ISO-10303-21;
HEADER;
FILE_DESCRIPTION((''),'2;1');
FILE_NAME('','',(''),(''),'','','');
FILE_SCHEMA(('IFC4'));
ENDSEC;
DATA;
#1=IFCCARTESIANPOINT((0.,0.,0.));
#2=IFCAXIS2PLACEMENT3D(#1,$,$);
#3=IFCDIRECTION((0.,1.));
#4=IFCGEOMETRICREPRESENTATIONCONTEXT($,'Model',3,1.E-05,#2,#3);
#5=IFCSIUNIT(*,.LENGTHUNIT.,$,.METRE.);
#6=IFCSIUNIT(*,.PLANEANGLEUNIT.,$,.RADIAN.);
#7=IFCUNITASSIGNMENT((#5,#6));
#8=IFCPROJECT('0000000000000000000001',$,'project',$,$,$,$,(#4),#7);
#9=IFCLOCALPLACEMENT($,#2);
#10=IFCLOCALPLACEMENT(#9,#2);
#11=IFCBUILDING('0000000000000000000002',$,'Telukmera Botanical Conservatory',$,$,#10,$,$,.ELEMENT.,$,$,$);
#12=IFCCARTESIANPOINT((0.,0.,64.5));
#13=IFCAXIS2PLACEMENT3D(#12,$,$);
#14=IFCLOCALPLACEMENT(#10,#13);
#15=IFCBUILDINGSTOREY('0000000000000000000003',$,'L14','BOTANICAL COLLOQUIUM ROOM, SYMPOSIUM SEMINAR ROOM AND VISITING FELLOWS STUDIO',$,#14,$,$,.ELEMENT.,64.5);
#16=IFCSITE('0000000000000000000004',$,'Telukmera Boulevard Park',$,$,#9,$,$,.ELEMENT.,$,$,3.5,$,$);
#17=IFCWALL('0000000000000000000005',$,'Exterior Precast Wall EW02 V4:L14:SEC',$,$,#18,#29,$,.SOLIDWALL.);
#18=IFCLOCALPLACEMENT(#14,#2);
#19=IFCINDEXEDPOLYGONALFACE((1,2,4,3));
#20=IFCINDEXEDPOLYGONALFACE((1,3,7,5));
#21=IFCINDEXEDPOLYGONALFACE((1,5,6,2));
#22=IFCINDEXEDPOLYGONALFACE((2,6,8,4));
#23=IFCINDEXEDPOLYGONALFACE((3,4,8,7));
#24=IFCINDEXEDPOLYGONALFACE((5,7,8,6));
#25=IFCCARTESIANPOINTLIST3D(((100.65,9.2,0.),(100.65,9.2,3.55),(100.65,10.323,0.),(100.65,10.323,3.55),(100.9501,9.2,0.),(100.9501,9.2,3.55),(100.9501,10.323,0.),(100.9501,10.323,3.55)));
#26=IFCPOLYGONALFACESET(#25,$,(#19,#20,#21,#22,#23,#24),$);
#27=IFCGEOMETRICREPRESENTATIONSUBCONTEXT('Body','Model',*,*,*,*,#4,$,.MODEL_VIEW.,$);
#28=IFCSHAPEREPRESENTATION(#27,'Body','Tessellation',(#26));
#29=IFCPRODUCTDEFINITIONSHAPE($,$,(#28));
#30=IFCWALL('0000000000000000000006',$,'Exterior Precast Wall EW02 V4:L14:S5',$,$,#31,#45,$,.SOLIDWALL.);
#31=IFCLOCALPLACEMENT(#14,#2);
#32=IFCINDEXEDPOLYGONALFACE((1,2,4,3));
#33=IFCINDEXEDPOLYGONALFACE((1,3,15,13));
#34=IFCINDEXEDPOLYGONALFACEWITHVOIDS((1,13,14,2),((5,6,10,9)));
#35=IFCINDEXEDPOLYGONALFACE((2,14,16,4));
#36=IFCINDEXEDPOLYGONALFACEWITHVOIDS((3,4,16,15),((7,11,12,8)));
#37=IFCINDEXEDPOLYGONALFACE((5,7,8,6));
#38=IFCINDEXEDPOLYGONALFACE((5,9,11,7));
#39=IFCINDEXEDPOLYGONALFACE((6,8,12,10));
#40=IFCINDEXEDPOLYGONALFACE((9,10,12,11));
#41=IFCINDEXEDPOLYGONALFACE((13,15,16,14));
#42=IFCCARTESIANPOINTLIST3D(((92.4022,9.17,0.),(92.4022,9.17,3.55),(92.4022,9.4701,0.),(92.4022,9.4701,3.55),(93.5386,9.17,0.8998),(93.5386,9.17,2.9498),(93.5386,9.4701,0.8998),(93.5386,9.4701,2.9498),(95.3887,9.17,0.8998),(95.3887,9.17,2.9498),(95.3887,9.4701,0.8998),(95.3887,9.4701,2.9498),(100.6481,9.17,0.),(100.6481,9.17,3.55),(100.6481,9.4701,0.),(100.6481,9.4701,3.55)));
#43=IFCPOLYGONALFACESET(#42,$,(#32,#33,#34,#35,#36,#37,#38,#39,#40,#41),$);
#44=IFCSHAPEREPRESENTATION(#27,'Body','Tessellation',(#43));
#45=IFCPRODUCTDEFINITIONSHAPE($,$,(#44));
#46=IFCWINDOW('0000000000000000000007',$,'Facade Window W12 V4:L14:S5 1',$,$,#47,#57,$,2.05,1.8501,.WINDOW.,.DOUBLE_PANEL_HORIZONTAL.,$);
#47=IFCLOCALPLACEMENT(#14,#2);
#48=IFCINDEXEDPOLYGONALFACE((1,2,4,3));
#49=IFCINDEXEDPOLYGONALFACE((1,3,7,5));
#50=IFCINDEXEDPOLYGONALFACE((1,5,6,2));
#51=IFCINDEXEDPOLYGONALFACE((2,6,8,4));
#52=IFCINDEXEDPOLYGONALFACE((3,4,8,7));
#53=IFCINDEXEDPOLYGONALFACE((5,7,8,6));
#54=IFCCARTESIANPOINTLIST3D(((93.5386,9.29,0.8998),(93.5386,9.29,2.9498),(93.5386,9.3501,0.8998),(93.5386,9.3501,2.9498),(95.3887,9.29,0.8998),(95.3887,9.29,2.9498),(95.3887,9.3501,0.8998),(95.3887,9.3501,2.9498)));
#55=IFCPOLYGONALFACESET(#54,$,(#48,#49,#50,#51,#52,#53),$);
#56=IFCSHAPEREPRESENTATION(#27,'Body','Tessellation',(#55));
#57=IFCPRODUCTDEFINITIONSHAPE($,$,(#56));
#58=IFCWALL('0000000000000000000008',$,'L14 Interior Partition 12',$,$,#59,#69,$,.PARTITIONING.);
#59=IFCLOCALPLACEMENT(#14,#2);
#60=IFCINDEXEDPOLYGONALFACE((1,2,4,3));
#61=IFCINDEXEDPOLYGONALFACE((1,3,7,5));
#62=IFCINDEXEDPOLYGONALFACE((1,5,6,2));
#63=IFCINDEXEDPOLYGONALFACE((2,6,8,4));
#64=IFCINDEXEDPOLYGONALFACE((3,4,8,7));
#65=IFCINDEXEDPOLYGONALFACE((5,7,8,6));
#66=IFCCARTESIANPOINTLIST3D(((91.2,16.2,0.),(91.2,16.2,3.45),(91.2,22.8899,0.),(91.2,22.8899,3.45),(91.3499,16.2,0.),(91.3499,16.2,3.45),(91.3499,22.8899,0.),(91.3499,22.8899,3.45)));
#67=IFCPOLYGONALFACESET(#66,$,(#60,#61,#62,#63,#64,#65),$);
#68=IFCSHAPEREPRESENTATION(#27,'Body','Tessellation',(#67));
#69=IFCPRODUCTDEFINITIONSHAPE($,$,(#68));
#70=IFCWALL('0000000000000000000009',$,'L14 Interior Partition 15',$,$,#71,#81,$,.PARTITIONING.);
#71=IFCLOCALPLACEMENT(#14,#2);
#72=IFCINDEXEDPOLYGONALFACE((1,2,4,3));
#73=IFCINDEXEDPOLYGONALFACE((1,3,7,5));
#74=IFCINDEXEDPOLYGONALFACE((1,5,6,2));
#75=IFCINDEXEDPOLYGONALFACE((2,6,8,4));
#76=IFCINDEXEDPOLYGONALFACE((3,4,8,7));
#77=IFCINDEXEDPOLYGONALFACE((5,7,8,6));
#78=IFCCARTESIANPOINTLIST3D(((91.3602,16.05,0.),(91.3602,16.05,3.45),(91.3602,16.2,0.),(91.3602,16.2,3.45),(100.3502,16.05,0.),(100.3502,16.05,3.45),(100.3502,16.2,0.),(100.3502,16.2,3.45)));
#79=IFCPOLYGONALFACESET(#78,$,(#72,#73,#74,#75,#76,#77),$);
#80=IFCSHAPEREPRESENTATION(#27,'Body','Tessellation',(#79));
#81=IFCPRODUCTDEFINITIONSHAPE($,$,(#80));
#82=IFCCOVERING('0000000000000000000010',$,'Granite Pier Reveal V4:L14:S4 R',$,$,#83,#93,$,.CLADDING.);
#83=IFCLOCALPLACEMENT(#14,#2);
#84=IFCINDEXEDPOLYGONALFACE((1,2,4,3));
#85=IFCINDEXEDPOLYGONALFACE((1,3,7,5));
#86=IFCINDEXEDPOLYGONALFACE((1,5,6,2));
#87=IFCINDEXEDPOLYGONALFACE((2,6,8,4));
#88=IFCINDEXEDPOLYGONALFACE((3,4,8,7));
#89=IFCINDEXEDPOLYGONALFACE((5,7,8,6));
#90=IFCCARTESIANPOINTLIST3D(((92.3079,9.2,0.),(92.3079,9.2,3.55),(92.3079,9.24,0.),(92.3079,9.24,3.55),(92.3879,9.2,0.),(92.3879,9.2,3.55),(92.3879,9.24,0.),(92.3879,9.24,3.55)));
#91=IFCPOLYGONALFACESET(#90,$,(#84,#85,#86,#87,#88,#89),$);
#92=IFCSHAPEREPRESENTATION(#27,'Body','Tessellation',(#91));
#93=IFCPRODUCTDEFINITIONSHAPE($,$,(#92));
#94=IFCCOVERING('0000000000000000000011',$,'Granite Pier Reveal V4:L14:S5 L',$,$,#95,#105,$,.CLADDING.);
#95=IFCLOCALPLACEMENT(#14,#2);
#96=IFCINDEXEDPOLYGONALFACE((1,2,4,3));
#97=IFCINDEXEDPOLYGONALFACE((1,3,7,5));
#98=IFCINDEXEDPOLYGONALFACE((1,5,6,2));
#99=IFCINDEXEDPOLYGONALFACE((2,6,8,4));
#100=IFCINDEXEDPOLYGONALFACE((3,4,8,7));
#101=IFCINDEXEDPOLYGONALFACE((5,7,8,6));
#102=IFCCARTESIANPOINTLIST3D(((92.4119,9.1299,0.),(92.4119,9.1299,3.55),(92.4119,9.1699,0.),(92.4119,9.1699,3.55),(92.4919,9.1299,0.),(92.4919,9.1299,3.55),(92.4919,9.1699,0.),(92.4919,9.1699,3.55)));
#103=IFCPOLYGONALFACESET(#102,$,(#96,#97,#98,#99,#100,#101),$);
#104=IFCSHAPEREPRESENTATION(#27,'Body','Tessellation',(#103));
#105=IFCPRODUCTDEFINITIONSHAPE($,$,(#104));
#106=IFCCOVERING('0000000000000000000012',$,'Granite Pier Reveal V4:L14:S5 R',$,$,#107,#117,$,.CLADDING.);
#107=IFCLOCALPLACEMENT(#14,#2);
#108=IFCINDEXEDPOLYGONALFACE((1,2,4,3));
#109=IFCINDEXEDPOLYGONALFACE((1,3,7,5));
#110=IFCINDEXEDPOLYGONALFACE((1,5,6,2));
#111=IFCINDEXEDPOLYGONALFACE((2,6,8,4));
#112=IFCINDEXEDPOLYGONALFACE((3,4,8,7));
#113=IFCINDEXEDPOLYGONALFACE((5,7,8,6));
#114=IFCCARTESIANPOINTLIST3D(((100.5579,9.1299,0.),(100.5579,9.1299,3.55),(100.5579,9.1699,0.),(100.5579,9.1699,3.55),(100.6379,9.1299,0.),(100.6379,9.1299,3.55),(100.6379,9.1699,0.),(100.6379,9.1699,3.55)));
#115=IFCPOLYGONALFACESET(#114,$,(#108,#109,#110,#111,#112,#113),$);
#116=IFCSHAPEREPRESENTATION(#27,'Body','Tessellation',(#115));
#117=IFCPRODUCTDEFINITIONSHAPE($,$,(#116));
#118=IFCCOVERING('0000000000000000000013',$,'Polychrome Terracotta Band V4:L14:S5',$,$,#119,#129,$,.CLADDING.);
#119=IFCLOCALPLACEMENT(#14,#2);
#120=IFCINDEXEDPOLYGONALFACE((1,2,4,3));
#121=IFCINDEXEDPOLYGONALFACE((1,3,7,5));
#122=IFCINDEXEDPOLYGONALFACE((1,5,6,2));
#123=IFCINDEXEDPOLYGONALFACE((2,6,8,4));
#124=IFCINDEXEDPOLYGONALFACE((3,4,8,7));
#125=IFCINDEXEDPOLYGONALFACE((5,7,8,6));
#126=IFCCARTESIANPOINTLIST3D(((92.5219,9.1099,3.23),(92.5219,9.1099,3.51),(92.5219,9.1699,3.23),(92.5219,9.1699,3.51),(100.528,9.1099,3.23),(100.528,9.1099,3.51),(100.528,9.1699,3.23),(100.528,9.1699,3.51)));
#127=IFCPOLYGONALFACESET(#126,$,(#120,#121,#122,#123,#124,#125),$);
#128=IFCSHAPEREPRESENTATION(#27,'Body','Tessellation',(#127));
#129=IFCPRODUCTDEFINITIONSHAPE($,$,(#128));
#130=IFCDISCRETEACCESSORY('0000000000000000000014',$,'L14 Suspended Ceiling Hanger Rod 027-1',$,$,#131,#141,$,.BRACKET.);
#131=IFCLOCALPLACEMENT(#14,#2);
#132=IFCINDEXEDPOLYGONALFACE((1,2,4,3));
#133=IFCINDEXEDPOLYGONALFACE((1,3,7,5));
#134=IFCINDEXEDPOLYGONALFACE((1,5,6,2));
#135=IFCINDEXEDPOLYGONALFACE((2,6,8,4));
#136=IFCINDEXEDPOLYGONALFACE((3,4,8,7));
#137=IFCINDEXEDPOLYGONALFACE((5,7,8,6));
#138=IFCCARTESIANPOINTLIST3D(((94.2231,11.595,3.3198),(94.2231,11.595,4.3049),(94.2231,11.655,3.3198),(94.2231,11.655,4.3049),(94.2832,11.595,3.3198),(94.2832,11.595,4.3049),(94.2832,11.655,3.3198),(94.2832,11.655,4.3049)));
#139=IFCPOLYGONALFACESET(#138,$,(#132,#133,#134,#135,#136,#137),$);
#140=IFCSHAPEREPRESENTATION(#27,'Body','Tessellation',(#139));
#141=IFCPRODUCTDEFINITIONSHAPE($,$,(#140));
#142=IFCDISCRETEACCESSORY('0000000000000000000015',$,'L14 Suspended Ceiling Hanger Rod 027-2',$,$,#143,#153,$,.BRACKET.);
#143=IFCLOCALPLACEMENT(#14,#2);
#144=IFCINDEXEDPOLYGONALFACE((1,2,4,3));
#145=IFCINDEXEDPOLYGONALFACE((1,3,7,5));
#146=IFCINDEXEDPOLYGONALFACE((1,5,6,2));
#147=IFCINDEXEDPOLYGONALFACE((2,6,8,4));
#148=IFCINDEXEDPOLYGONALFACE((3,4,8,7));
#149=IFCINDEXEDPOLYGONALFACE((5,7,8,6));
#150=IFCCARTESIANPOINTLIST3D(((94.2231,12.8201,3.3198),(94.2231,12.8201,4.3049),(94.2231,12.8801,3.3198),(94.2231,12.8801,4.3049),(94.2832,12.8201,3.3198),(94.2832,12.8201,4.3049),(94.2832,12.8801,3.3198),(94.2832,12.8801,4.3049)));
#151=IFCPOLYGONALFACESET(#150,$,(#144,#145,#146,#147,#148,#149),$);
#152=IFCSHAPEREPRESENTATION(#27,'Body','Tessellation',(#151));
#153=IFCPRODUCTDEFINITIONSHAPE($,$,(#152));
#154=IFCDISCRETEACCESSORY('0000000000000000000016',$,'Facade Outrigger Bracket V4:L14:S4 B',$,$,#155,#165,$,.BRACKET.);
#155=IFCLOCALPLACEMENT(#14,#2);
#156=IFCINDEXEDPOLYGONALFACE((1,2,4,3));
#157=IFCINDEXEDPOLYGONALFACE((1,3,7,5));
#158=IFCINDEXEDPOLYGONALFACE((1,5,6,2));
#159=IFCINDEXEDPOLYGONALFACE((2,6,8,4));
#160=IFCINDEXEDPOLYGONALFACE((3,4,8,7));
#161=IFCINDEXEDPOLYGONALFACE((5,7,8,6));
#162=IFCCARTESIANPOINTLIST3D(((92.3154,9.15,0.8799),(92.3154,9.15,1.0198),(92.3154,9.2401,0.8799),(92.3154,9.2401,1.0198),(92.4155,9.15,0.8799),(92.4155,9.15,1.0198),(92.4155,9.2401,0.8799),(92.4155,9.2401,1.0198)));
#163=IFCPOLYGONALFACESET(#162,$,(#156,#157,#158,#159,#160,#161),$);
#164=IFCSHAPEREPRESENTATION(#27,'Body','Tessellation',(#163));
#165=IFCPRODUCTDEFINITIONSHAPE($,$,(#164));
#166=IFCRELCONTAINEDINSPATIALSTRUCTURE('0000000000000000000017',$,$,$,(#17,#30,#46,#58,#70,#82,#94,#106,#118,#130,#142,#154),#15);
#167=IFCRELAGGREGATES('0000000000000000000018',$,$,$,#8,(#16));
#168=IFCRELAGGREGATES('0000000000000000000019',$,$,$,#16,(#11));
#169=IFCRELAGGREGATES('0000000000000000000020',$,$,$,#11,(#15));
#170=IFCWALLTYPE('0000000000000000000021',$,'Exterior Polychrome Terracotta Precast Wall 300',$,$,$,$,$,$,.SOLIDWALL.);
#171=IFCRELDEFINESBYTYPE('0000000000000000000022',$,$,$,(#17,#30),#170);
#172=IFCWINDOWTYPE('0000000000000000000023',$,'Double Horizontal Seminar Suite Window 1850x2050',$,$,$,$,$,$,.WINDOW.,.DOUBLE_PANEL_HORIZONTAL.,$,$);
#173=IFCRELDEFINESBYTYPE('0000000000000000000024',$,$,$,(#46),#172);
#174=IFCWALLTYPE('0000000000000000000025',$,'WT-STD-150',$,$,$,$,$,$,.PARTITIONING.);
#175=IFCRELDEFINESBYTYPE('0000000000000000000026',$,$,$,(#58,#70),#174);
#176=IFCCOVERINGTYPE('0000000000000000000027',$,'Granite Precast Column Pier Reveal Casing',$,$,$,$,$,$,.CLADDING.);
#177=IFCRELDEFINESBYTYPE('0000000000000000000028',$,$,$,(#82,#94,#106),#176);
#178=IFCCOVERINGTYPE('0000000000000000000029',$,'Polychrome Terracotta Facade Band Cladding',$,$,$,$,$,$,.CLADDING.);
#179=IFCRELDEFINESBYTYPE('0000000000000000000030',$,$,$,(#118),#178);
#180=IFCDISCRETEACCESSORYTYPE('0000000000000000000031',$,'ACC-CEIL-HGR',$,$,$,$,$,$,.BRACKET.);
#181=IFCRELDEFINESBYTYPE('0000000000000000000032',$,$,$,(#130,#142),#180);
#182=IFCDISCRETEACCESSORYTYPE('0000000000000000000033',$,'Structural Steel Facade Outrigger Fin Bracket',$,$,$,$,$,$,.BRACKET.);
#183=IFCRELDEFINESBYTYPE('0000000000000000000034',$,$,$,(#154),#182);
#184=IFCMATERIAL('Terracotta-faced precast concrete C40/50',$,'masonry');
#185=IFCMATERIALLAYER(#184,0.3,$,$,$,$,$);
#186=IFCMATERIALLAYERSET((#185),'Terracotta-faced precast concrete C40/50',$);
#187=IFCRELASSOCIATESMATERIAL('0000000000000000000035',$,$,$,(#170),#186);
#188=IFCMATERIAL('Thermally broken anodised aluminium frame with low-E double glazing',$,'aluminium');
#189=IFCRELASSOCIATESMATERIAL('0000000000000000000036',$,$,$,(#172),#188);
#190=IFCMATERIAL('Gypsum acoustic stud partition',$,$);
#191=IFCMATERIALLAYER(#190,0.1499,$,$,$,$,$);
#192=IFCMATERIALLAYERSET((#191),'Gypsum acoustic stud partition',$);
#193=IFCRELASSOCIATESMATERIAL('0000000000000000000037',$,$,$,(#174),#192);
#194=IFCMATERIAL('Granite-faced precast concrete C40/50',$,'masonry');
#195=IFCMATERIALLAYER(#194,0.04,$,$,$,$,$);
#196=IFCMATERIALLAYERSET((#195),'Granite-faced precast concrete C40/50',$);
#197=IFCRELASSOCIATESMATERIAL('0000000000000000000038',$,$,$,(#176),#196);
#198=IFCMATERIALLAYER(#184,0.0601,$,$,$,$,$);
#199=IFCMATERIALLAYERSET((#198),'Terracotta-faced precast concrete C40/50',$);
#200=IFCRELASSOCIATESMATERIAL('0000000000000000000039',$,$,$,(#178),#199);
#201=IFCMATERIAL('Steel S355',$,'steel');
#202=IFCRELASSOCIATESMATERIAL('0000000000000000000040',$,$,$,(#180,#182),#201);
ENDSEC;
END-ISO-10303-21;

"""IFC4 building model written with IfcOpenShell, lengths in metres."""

from ifc_helpers import new_model, si_unit, direction, frame, frame_2d, origin, origin_2d, place, context, subcontext, project, spatial, rectangle, extrude, material, layer, layer_set, type_object, element, fill, save


model = new_model("IFC4")

# Units and contexts
model_context = context("Model", 3, precision=1e-05, world=origin(), true_north=direction((0.0, 1.0)))
body_context = subcontext(model_context, "Body", "Model", "MODEL_VIEW")
ifc_project = project(units=[si_unit("LENGTHUNIT", "METRE"), si_unit("PLANEANGLEUNIT", "RADIAN")], contexts=[model_context])

# Site, building, storey
site_placement = place(None, origin())
site = spatial("IfcSite", under=ifc_project, at=site_placement, Name="Telukmera Boulevard Park", CompositionType="ELEMENT", RefElevation=3.5)
building_placement = place(site_placement, origin())
building = spatial("IfcBuilding", under=site, at=building_placement, Name="Telukmera Botanical Conservatory", CompositionType="ELEMENT")
storey_placement = place(building_placement, frame((0.0, 0.0, 64.5)))
storey = spatial("IfcBuildingStorey", under=building, at=storey_placement, Name="L14", Description="BOTANICAL COLLOQUIUM ROOM, SYMPOSIUM SEMINAR ROOM AND VISITING FELLOWS STUDIO", CompositionType="ELEMENT", Elevation=64.5)

# Wall
ifc_material_1 = material(Name="Terracotta-faced precast concrete C40/50", Category="masonry")
ifc_layer_1 = layer(ifc_material_1, 0.3)
ifc_layer_set_1 = layer_set([ifc_layer_1], Name="Terracotta-faced precast concrete C40/50")
wall_type_1 = type_object("IfcWallType", Name="Exterior Polychrome Terracotta Precast Wall 300", PredefinedType="SOLIDWALL", material=ifc_layer_set_1)
wall_1_placement = place(storey_placement, frame((100.8, 9.2, 0.0), z_axis=(0.0, 0.0, 1.0), x_axis=(0.0, 1.0, 0.0)))
element("IfcWall", 1, at=wall_1_placement, inside=storey, type_object=wall_type_1, Name="Exterior Precast Wall EW02 V4:L14:SEC", PredefinedType="SOLIDWALL", context=body_context, shape_type="SweptSolid", body=[
    extrude(rectangle(XDim=1.123, YDim=0.3, at=frame_2d((0.5615, 0.0))), origin(), (0.0, 0.0, 1.0), 3.55),
])

# Wall, opening, window
wall_2_placement = place(storey_placement, frame((92.4021, 9.3201, 0.0), z_axis=(0.0, 0.0, 1.0), x_axis=(1.0, 0.0, 0.0)))
wall_2 = element("IfcWall", 2, at=wall_2_placement, inside=storey, type_object=wall_type_1, Name="Exterior Precast Wall EW02 V4:L14:S5", PredefinedType="SOLIDWALL", context=body_context, shape_type="SweptSolid", body=[
    extrude(rectangle(XDim=8.2458, YDim=0.3, at=frame_2d((4.123, 0.0))), origin(), (0.0, 0.0, 1.0), 3.55),
])
opening_placement = place(wall_2_placement, frame((1.1365, 0.0, 0.8999)))
opening = element("IfcOpeningElement", 3, at=opening_placement, cuts=wall_2, PredefinedType="OPENING", context=body_context, shape_type="SweptSolid", body=[
    extrude(rectangle(XDim=1.8501, YDim=2.05, at=frame_2d((0.925, 1.0249))), frame((0.0, 0.1599, 0.0), z_axis=(0.0, -1.0, 0.0), x_axis=(1.0, 0.0, 0.0)), (0.0, 0.0, 1.0), 0.3201),
])
ifc_material_2 = material(Name="Thermally broken anodised aluminium frame with low-E double glazing", Category="aluminium")
window_type = type_object("IfcWindowType", Name="Double Horizontal Seminar Suite Window 1850x2050", PartitioningType="DOUBLE_PANEL_HORIZONTAL", PredefinedType="WINDOW", material=ifc_material_2)
window_placement = place(opening_placement, origin())
window = element("IfcWindow", 4, at=window_placement, inside=storey, type_object=window_type, Name="Facade Window W12 V4:L14:S5 1", OverallHeight=2.05, OverallWidth=1.8501, PartitioningType="DOUBLE_PANEL_HORIZONTAL", PredefinedType="WINDOW", context=body_context, shape_type="SweptSolid", body=[
    extrude(rectangle(XDim=1.8501, YDim=2.05, at=frame_2d((0.925, 1.0249))), frame((0.0, 0.03, 0.0), z_axis=(0.0, -1.0, 0.0), x_axis=(1.0, 0.0, 0.0)), (0.0, 0.0, 1.0), 0.0601),
])
fill(opening, window)

# Walls
ifc_material_3 = material(Name="Gypsum acoustic stud partition")
ifc_layer_2 = layer(ifc_material_3, 0.1499)
ifc_layer_set_2 = layer_set([ifc_layer_2], Name="Gypsum acoustic stud partition")
wall_type_2 = type_object("IfcWallType", Name="WT-STD-150", PredefinedType="PARTITIONING", material=ifc_layer_set_2)
wall_3_placement = place(storey_placement, frame((91.2749, 16.2, 0.0), z_axis=(0.0, 0.0, 1.0), x_axis=(0.0, 1.0, 0.0)))
element("IfcWall", 5, at=wall_3_placement, inside=storey, type_object=wall_type_2, Name="L14 Interior Partition 12", PredefinedType="PARTITIONING", context=body_context, shape_type="SweptSolid", body=[
    extrude(rectangle(XDim=6.6899, YDim=0.1499, at=frame_2d((3.345, 0.0))), origin(), (0.0, 0.0, 1.0), 3.45),
])
wall_4_placement = place(storey_placement, frame((91.3601, 16.125, 0.0), z_axis=(0.0, 0.0, 1.0), x_axis=(1.0, 0.0, 0.0)))
element("IfcWall", 6, at=wall_4_placement, inside=storey, type_object=wall_type_2, Name="L14 Interior Partition 15", PredefinedType="PARTITIONING", context=body_context, shape_type="SweptSolid", body=[
    extrude(rectangle(XDim=8.99, YDim=0.1499, at=frame_2d((4.4951, 0.0))), origin(), (0.0, 0.0, 1.0), 3.45),
])

# Coverings
ifc_material_4 = material(Name="Granite-faced precast concrete C40/50", Category="masonry")
ifc_layer_3 = layer(ifc_material_4, 0.04)
ifc_layer_set_3 = layer_set([ifc_layer_3], Name="Granite-faced precast concrete C40/50")
covering_type_1 = type_object("IfcCoveringType", Name="Granite Precast Column Pier Reveal Casing", PredefinedType="CLADDING", material=ifc_layer_set_3)
for number, where, z_axis, x_axis, name in (
    (7, (92.3479, 9.22, 0.0), (0.0, 0.0, 1.0), (1.0, 0.0, 0.0), "Granite Pier Reveal V4:L14:S4 R"),
    (8, (92.4519, 9.1499, 0.0), (0.0, 0.0, 1.0), (1.0, 0.0, 0.0), "Granite Pier Reveal V4:L14:S5 L"),
    (9, (100.5979, 9.1499, 0.0), (0.0, 0.0, 1.0), (1.0, 0.0, 0.0), "Granite Pier Reveal V4:L14:S5 R"),
):
    element("IfcCovering", number, at=place(storey_placement, frame(where, z_axis=z_axis, x_axis=x_axis)), inside=storey, type_object=covering_type_1, Name=name, PredefinedType="CLADDING", context=body_context, shape_type="SweptSolid", body=[
        extrude(rectangle(XDim=0.0801, YDim=0.04, at=origin_2d()), origin(), (0.0, 0.0, 1.0), 3.55),
    ])
ifc_layer_4 = layer(ifc_material_1, 0.0601)
ifc_layer_set_4 = layer_set([ifc_layer_4], Name="Terracotta-faced precast concrete C40/50")
covering_type_2 = type_object("IfcCoveringType", Name="Polychrome Terracotta Facade Band Cladding", PredefinedType="CLADDING", material=ifc_layer_set_4)
covering_placement = place(storey_placement, frame((96.5249, 9.1399, 3.23), z_axis=(0.0, 0.0, 1.0), x_axis=(1.0, 0.0, 0.0)))
element("IfcCovering", 10, at=covering_placement, inside=storey, type_object=covering_type_2, Name="Polychrome Terracotta Band V4:L14:S5", PredefinedType="CLADDING", context=body_context, shape_type="SweptSolid", body=[
    extrude(rectangle(XDim=8.0061, YDim=0.0601, at=origin_2d()), origin(), (0.0, 0.0, 1.0), 0.28),
])

# Discrete accessories
ifc_material_5 = material(Name="Steel S355", Category="steel")
discrete_accessory_type_1 = type_object("IfcDiscreteAccessoryType", Name="ACC-CEIL-HGR", PredefinedType="BRACKET", material=ifc_material_5)
for number, where, z_axis, x_axis, name in (
    (11, (94.2532, 11.625, 3.3198), (0.0, 0.0, 1.0), (1.0, 0.0, 0.0), "L14 Suspended Ceiling Hanger Rod 027-1"),
    (12, (94.2532, 12.8501, 3.3198), (0.0, 0.0, 1.0), (1.0, 0.0, 0.0), "L14 Suspended Ceiling Hanger Rod 027-2"),
):
    element("IfcDiscreteAccessory", number, at=place(storey_placement, frame(where, z_axis=z_axis, x_axis=x_axis)), inside=storey, type_object=discrete_accessory_type_1, Name=name, PredefinedType="BRACKET", context=body_context, shape_type="SweptSolid", body=[
        extrude(rectangle(XDim=0.0601, YDim=0.0601, at=origin_2d()), origin(), (0.0, 0.0, 1.0), 0.9851),
    ])
discrete_accessory_type_2 = type_object("IfcDiscreteAccessoryType", Name="Structural Steel Facade Outrigger Fin Bracket", PredefinedType="BRACKET", material=ifc_material_5)
discrete_accessory_placement = place(storey_placement, frame((92.3655, 9.1951, 0.8799), z_axis=(0.0, 0.0, 1.0), x_axis=(1.0, 0.0, 0.0)))
element("IfcDiscreteAccessory", 13, at=discrete_accessory_placement, inside=storey, type_object=discrete_accessory_type_2, Name="Facade Outrigger Bracket V4:L14:S4 B", PredefinedType="BRACKET", context=body_context, shape_type="SweptSolid", body=[
    extrude(rectangle(XDim=0.1001, YDim=0.0901, at=origin_2d()), origin(), (0.0, 0.0, 1.0), 0.1399),
])

save(model, "model.ifc")
